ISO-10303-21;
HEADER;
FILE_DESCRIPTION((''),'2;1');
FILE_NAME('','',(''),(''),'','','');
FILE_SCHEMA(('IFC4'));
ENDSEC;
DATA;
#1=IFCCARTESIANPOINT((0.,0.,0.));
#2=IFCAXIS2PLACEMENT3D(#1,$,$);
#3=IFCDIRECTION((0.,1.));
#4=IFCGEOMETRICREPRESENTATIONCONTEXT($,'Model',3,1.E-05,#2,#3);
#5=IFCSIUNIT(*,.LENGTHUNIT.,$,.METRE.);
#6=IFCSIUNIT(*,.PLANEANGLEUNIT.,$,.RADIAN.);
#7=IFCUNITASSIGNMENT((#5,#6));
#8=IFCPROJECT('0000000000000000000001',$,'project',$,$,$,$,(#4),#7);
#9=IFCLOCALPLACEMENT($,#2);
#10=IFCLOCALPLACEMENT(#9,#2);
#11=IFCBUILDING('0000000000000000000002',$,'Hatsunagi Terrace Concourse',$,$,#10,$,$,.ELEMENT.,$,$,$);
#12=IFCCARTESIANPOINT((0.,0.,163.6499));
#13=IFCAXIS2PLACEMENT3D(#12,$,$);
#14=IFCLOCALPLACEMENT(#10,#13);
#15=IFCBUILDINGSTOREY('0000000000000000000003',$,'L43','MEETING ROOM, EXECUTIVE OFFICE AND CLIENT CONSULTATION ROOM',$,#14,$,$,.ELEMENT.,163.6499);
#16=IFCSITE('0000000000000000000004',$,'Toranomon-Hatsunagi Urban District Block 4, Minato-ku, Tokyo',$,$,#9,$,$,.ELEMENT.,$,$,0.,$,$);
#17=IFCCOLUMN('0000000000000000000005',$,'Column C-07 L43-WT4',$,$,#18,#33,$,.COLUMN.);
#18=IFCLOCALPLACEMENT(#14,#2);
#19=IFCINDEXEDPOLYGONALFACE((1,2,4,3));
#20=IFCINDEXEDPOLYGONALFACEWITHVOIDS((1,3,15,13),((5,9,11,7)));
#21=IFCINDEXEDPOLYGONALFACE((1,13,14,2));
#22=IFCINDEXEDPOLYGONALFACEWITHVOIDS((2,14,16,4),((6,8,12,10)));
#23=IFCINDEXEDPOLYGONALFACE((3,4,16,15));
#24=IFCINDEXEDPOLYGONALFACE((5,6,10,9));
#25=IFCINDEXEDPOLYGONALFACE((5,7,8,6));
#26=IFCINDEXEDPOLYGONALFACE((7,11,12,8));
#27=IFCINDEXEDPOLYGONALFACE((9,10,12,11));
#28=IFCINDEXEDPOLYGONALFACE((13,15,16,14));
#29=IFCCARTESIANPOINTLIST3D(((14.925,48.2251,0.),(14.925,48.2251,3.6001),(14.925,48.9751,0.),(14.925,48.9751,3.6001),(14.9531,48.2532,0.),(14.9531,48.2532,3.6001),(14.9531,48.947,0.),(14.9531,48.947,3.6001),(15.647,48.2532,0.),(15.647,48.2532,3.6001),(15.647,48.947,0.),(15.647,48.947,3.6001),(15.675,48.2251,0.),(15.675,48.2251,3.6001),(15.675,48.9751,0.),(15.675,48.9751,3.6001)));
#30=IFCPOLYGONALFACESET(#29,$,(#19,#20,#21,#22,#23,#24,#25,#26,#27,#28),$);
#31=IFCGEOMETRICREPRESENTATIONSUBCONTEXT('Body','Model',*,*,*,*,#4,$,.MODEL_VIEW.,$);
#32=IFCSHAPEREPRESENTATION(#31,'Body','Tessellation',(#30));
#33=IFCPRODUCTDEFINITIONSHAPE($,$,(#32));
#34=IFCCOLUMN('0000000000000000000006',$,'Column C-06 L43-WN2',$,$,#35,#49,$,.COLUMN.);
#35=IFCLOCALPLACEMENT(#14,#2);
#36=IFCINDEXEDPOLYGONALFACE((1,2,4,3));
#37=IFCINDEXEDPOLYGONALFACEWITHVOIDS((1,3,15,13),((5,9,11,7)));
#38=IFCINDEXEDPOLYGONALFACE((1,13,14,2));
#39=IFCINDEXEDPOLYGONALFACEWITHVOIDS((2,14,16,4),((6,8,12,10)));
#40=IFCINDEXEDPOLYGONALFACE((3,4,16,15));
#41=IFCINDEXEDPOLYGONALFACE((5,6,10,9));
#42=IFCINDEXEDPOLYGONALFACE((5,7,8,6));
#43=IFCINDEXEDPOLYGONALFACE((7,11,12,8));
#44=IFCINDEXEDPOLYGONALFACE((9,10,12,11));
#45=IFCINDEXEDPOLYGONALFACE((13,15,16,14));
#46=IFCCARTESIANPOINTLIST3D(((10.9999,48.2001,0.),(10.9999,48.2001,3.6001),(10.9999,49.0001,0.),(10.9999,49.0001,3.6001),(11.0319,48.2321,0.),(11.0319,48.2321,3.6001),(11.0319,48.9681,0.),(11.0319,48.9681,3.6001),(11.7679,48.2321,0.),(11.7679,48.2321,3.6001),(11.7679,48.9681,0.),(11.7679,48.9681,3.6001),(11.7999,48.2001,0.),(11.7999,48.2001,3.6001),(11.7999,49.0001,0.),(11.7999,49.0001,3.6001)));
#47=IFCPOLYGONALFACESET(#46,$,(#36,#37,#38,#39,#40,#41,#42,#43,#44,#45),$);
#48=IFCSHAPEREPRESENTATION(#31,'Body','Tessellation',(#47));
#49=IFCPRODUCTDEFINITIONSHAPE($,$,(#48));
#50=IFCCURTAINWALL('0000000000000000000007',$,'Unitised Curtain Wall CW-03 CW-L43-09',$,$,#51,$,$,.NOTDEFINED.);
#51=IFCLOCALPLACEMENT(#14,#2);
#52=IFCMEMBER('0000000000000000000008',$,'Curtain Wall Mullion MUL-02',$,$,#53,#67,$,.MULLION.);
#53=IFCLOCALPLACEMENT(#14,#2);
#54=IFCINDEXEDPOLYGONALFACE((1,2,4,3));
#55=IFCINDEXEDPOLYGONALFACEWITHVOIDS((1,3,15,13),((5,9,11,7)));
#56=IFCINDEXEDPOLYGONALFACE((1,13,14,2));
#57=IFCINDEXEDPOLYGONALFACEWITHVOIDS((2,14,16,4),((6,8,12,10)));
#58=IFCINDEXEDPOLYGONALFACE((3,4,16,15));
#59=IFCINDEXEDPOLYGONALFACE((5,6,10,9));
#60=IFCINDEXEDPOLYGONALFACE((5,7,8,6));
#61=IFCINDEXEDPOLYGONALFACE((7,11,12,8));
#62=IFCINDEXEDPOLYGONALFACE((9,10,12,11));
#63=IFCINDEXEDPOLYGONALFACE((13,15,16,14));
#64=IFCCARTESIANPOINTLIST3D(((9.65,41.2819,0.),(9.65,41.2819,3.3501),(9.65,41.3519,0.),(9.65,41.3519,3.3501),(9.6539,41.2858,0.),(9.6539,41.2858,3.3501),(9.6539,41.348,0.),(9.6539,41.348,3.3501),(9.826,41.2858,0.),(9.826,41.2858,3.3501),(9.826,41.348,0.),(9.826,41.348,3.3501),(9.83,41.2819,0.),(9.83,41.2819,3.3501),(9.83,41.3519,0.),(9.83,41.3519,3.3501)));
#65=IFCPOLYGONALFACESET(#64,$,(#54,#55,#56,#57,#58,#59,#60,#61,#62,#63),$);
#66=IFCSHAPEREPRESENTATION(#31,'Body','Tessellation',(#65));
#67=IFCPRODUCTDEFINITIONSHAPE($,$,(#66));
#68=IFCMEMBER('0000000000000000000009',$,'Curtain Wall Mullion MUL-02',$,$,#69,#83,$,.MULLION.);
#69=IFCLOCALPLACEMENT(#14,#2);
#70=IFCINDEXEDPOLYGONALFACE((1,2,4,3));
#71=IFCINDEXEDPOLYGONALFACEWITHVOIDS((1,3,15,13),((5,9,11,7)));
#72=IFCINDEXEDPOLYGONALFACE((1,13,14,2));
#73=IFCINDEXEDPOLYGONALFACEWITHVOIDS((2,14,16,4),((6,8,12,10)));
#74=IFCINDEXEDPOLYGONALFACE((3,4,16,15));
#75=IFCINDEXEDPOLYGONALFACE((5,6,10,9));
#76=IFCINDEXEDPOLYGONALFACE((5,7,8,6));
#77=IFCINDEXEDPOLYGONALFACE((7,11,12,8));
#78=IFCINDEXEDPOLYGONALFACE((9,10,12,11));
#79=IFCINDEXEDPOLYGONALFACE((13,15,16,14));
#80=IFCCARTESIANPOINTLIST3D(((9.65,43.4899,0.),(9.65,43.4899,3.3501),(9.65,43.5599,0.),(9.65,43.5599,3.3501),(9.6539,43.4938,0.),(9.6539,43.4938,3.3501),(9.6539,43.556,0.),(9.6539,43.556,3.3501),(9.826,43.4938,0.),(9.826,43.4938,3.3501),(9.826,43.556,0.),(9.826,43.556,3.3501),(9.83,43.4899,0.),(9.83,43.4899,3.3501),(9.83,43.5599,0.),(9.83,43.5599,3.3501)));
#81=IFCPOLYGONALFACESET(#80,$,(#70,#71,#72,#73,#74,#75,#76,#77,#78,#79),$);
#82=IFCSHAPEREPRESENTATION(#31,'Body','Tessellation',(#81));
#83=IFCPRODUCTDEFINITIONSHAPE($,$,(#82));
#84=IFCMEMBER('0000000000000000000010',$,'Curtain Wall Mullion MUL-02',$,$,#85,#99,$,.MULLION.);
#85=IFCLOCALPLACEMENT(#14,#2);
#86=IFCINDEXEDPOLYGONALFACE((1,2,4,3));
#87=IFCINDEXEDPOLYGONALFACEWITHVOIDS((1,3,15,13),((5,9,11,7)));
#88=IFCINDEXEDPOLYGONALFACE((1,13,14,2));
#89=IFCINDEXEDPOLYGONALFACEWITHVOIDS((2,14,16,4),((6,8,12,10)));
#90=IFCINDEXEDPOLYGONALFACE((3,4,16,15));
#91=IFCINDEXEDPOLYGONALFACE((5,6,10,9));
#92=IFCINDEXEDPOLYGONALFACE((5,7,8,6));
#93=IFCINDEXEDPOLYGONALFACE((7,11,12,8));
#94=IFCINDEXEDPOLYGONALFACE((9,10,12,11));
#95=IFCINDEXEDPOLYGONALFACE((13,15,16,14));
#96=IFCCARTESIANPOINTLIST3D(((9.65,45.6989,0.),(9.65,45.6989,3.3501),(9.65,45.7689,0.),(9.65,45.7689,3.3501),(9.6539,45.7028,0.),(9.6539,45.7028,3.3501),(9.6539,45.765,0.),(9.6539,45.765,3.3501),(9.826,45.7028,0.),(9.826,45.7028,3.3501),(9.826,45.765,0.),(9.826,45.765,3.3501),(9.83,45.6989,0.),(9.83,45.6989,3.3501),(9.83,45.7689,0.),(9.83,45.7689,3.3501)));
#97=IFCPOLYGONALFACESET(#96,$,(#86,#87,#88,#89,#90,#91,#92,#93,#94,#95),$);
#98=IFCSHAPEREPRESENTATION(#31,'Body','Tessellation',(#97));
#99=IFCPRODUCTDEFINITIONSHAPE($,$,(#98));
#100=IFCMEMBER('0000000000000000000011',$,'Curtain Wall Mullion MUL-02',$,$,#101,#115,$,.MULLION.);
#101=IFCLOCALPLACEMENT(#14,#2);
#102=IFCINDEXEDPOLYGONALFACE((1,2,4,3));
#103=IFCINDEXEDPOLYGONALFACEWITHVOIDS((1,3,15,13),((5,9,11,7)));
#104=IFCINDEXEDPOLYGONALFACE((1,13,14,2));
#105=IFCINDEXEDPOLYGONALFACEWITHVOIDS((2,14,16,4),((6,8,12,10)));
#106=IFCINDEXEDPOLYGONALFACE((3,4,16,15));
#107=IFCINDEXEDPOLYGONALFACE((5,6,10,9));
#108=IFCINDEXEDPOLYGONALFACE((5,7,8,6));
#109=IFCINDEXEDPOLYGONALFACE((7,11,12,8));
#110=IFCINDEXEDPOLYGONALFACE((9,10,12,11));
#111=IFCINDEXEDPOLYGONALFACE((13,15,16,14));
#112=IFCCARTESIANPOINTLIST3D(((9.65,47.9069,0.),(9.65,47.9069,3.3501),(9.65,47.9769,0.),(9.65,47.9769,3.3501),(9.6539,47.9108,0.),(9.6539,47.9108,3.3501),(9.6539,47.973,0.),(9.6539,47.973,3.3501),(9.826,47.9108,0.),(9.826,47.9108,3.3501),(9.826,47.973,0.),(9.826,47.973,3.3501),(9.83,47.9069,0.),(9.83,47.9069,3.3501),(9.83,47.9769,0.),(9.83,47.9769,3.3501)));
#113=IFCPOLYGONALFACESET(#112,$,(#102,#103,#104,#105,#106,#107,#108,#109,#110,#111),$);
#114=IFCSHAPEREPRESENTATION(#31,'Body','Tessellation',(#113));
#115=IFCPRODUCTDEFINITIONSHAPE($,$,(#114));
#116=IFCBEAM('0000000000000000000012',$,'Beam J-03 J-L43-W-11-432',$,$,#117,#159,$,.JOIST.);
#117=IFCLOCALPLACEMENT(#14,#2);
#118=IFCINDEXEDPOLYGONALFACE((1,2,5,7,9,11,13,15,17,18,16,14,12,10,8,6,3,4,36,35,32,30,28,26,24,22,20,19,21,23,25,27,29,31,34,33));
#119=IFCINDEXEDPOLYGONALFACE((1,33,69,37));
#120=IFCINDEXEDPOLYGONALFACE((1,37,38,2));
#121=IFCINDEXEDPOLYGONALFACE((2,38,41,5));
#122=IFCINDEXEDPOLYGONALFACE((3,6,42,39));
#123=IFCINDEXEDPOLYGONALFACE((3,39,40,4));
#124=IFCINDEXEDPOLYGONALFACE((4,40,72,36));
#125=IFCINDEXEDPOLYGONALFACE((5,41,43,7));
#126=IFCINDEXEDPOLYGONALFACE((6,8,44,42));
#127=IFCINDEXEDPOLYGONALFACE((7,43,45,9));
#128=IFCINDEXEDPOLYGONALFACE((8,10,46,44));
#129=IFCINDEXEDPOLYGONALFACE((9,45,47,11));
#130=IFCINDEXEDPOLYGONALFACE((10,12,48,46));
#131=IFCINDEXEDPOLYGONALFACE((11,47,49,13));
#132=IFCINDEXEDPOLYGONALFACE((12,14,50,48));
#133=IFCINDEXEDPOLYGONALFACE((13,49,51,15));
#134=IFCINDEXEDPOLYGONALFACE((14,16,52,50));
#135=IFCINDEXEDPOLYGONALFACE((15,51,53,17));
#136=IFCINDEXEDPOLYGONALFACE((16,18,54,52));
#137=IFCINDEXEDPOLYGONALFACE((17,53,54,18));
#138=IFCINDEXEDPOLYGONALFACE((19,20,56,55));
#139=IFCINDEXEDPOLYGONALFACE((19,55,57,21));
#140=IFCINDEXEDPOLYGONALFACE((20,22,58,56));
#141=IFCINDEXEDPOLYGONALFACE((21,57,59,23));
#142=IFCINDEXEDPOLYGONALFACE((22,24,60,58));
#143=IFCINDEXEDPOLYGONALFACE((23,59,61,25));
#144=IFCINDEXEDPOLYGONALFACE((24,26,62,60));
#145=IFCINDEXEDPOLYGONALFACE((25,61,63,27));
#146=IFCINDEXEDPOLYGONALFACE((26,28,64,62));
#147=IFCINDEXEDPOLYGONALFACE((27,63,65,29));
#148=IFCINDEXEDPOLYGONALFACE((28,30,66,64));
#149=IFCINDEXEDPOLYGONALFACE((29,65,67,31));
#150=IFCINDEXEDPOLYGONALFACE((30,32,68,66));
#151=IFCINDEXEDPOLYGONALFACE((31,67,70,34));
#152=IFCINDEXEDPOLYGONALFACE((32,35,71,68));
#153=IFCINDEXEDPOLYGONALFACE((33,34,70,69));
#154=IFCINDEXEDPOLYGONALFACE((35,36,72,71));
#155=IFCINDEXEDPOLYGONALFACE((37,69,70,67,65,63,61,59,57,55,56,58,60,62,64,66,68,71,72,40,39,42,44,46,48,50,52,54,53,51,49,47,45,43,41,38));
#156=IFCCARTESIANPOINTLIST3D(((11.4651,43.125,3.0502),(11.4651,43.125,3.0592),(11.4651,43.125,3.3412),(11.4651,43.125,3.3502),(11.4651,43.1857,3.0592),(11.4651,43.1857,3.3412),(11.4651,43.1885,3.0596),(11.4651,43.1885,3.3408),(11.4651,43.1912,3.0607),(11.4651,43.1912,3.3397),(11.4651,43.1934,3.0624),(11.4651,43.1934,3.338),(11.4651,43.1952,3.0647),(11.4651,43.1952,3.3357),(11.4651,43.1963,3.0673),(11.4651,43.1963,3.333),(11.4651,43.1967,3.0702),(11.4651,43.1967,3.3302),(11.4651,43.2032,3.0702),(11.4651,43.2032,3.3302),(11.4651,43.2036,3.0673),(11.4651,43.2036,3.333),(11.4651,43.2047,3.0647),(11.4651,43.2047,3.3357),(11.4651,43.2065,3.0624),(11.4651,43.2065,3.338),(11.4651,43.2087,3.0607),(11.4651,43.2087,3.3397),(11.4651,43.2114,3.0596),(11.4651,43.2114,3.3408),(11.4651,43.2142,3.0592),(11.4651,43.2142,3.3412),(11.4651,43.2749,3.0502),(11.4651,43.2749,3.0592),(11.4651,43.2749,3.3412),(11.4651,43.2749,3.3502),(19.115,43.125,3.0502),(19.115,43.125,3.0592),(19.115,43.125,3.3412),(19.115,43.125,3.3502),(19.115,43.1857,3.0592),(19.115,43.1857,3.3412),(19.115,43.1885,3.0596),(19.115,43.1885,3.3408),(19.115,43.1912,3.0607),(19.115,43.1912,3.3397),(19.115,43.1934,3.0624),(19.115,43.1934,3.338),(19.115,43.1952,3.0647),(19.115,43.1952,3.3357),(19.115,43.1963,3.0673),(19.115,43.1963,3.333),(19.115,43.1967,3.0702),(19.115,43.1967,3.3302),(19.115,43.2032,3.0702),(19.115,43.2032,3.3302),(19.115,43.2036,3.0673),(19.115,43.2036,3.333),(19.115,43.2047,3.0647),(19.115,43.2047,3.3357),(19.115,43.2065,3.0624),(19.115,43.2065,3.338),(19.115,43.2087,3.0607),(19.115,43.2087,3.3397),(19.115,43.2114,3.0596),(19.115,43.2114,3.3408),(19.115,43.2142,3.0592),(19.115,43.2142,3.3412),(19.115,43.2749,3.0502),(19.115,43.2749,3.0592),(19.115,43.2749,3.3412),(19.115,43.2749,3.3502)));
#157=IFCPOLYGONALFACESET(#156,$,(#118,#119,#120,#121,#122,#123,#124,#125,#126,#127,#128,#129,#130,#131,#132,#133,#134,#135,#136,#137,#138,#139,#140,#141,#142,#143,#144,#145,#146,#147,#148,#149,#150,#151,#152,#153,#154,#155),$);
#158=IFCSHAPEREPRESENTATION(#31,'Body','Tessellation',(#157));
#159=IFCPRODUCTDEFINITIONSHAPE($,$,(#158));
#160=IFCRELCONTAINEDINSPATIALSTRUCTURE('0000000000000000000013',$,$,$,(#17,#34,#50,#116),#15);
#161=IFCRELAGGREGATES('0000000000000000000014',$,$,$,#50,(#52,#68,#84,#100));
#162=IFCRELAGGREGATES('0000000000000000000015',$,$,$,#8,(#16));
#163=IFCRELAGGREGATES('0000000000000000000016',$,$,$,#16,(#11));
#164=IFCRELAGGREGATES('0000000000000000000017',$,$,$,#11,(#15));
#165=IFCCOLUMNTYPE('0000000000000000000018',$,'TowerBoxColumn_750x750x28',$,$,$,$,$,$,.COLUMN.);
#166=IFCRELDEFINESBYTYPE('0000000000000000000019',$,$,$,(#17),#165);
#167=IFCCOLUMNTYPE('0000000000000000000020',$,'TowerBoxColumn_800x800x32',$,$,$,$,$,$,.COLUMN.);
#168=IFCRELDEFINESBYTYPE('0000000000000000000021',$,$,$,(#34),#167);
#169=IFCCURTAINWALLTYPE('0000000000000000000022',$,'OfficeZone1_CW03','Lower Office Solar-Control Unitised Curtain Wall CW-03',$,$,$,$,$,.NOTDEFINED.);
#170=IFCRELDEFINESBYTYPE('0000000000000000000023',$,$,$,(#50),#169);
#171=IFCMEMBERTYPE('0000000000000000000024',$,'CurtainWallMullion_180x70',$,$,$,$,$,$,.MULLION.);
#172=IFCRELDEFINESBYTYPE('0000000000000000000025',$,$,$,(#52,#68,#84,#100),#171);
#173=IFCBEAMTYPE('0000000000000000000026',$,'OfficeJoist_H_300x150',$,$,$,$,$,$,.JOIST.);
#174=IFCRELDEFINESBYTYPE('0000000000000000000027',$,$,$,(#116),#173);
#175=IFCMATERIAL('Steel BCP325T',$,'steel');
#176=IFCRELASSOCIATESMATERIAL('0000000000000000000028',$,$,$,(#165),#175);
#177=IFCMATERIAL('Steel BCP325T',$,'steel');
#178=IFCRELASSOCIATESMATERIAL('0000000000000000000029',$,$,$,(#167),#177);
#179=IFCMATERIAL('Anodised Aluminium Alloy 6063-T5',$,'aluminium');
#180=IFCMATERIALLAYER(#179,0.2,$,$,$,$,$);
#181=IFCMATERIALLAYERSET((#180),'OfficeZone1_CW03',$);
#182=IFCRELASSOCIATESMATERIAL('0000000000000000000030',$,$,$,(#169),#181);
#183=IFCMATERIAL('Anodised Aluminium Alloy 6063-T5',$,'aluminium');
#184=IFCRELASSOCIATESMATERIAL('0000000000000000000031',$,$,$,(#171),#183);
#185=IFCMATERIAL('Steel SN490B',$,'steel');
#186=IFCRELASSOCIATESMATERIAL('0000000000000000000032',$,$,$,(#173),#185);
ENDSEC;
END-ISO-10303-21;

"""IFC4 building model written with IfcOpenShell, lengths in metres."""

from ifc_helpers import new_model, si_unit, direction, frame, origin, origin_2d, place, context, subcontext, project, spatial, hollow_rectangle, i_section, extrude, material, layer, layer_set, material_profile, profile_set, type_object, element, aggregate, save


model = new_model("IFC4")

# Units and contexts
model_context = context("Model", 3, precision=1e-05, world=origin(), true_north=direction((0.0, 1.0)))
body_context = subcontext(model_context, "Body", "Model", "MODEL_VIEW")
ifc_project = project(units=[si_unit("LENGTHUNIT", "METRE"), si_unit("PLANEANGLEUNIT", "RADIAN")], contexts=[model_context])

# Site, building, storey
site_placement = place(None, origin())
site = spatial("IfcSite", under=ifc_project, at=site_placement, Name="Toranomon-Hatsunagi Urban District Block 4, Minato-ku, Tokyo", CompositionType="ELEMENT", RefElevation=0.0)
building_placement = place(site_placement, origin())
building = spatial("IfcBuilding", under=site, at=building_placement, Name="Hatsunagi Terrace Concourse", CompositionType="ELEMENT")
storey_placement = place(building_placement, frame((0.0, 0.0, 163.6499)))
storey = spatial("IfcBuildingStorey", under=building, at=storey_placement, Name="L43", Description="MEETING ROOM, EXECUTIVE OFFICE AND CLIENT CONSULTATION ROOM", CompositionType="ELEMENT", Elevation=163.6499)

# Columns
ifc_material_1 = material(Name="Steel BCP325T", Category="steel")
ifc_material_profile_1 = material_profile(ifc_material_1, hollow_rectangle(XDim=0.75, YDim=0.75, WallThickness=0.0281, at=origin_2d()), Name="BCP-750x750x28")
ifc_profile_set_1 = profile_set([ifc_material_profile_1], Name="Steel BCP325T")
column_type_1 = type_object("IfcColumnType", Name="TowerBoxColumn_750x750x28", PredefinedType="COLUMN", material=ifc_profile_set_1)
column_1_placement = place(storey_placement, frame((15.3, 48.6001, 0.0), z_axis=(0.0, 0.0, 1.0), x_axis=(1.0, 0.0, 0.0)))
element("IfcColumn", 1, at=column_1_placement, inside=storey, type_object=column_type_1, Name="Column C-07 L43-WT4", PredefinedType="COLUMN", context=body_context, shape_type="SweptSolid", body=[
    extrude(hollow_rectangle(XDim=0.75, YDim=0.75, WallThickness=0.0281, at=origin_2d()), origin(), (0.0, 0.0, 1.0), 3.6001),
])
ifc_material_2 = material(Name="Steel BCP325T", Category="steel")
ifc_material_profile_2 = material_profile(ifc_material_2, hollow_rectangle(XDim=0.8, YDim=0.8, WallThickness=0.032, at=origin_2d()), Name="BCP-800x800x32")
ifc_profile_set_2 = profile_set([ifc_material_profile_2], Name="Steel BCP325T")
column_type_2 = type_object("IfcColumnType", Name="TowerBoxColumn_800x800x32", PredefinedType="COLUMN", material=ifc_profile_set_2)
column_2_placement = place(storey_placement, frame((11.3999, 48.6001, 0.0), z_axis=(0.0, 0.0, 1.0), x_axis=(1.0, 0.0, 0.0)))
element("IfcColumn", 2, at=column_2_placement, inside=storey, type_object=column_type_2, Name="Column C-06 L43-WN2", PredefinedType="COLUMN", context=body_context, shape_type="SweptSolid", body=[
    extrude(hollow_rectangle(XDim=0.8, YDim=0.8, WallThickness=0.032, at=origin_2d()), origin(), (0.0, 0.0, 1.0), 3.6001),
])

# Curtain wall, members
ifc_material_3 = material(Name="Anodised Aluminium Alloy 6063-T5", Category="aluminium")
ifc_layer_1 = layer(ifc_material_3, 0.2)
ifc_layer_set_1 = layer_set([ifc_layer_1], Name="OfficeZone1_CW03")
curtain_wall_type = type_object("IfcCurtainWallType", Name="OfficeZone1_CW03", Description="Lower Office Solar-Control Unitised Curtain Wall CW-03", PredefinedType="NOTDEFINED", material=ifc_layer_set_1)
curtain_wall_placement = place(storey_placement, origin())
curtain_wall = element("IfcCurtainWall", 3, at=curtain_wall_placement, inside=storey, type_object=curtain_wall_type, Name="Unitised Curtain Wall CW-03 CW-L43-09", PredefinedType="NOTDEFINED")
ifc_material_4 = material(Name="Anodised Aluminium Alloy 6063-T5", Category="aluminium")
ifc_material_profile_3 = material_profile(ifc_material_4, hollow_rectangle(XDim=0.0701, YDim=0.1799, WallThickness=0.0039, at=origin_2d()), Name="ALU-MUL-180x70x4")
ifc_profile_set_3 = profile_set([ifc_material_profile_3], Name="Anodised Aluminium Alloy 6063-T5")
member_type = type_object("IfcMemberType", Name="CurtainWallMullion_180x70", PredefinedType="MULLION", material=ifc_profile_set_3)
member_1_placement = place(storey_placement, frame((9.74, 41.3169, 0.0), z_axis=(0.0, 0.0, 1.0), x_axis=(0.0, 1.0, 0.0)))
member_1 = element("IfcMember", 4, at=member_1_placement, type_object=member_type, Name="Curtain Wall Mullion MUL-02", PredefinedType="MULLION", context=body_context, shape_type="SweptSolid", body=[
    extrude(hollow_rectangle(XDim=0.0701, YDim=0.1799, WallThickness=0.0039, at=origin_2d()), origin(), (0.0, 0.0, 1.0), 3.3501),
])
member_2_placement = place(storey_placement, frame((9.74, 43.5249, 0.0), z_axis=(0.0, 0.0, 1.0), x_axis=(0.0, 1.0, 0.0)))
member_2 = element("IfcMember", 5, at=member_2_placement, type_object=member_type, Name="Curtain Wall Mullion MUL-02", PredefinedType="MULLION", context=body_context, shape_type="SweptSolid", body=[
    extrude(hollow_rectangle(XDim=0.0701, YDim=0.1799, WallThickness=0.0039, at=origin_2d()), origin(), (0.0, 0.0, 1.0), 3.3501),
])
member_3_placement = place(storey_placement, frame((9.74, 45.7339, 0.0), z_axis=(0.0, 0.0, 1.0), x_axis=(0.0, 1.0, 0.0)))
member_3 = element("IfcMember", 6, at=member_3_placement, type_object=member_type, Name="Curtain Wall Mullion MUL-02", PredefinedType="MULLION", context=body_context, shape_type="SweptSolid", body=[
    extrude(hollow_rectangle(XDim=0.0701, YDim=0.1799, WallThickness=0.0039, at=origin_2d()), origin(), (0.0, 0.0, 1.0), 3.3501),
])
member_4_placement = place(storey_placement, frame((9.74, 47.9419, 0.0), z_axis=(0.0, 0.0, 1.0), x_axis=(0.0, 1.0, 0.0)))
member_4 = element("IfcMember", 7, at=member_4_placement, type_object=member_type, Name="Curtain Wall Mullion MUL-02", PredefinedType="MULLION", context=body_context, shape_type="SweptSolid", body=[
    extrude(hollow_rectangle(XDim=0.0701, YDim=0.1799, WallThickness=0.0039, at=origin_2d()), origin(), (0.0, 0.0, 1.0), 3.3501),
])

# Beam
ifc_material_5 = material(Name="Steel SN490B", Category="steel")
ifc_material_profile_4 = material_profile(ifc_material_5, i_section(OverallWidth=0.1499, OverallDepth=0.3, WebThickness=0.0066, FlangeThickness=0.009, FilletRadius=0.011, at=origin_2d()), Name="H-300x150x6.5x9")
ifc_profile_set_4 = profile_set([ifc_material_profile_4], Name="Steel SN490B")
beam_type_1 = type_object("IfcBeamType", Name="OfficeJoist_H_300x150", PredefinedType="JOIST", material=ifc_profile_set_4)
for number, where, z_axis, x_axis, name in (
    (8, (11.4651, 43.2, 3.2002), (1.0, 0.0, 0.0), (0.0, 1.0, 0.0), "Beam J-03 J-L43-W-11-432"),
):
    element("IfcBeam", number, at=place(storey_placement, frame(where, z_axis=z_axis, x_axis=x_axis)), inside=storey, type_object=beam_type_1, Name=name, PredefinedType="JOIST", context=body_context, shape_type="SweptSolid", body=[
        extrude(i_section(OverallWidth=0.1499, OverallDepth=0.3, WebThickness=0.0066, FlangeThickness=0.009, FilletRadius=0.011, at=origin_2d()), origin(), (0.0, 0.0, 1.0), 7.6499),
    ])

aggregate(curtain_wall, [member_1, member_2, member_3, member_4])

save(model, "model.ifc")
